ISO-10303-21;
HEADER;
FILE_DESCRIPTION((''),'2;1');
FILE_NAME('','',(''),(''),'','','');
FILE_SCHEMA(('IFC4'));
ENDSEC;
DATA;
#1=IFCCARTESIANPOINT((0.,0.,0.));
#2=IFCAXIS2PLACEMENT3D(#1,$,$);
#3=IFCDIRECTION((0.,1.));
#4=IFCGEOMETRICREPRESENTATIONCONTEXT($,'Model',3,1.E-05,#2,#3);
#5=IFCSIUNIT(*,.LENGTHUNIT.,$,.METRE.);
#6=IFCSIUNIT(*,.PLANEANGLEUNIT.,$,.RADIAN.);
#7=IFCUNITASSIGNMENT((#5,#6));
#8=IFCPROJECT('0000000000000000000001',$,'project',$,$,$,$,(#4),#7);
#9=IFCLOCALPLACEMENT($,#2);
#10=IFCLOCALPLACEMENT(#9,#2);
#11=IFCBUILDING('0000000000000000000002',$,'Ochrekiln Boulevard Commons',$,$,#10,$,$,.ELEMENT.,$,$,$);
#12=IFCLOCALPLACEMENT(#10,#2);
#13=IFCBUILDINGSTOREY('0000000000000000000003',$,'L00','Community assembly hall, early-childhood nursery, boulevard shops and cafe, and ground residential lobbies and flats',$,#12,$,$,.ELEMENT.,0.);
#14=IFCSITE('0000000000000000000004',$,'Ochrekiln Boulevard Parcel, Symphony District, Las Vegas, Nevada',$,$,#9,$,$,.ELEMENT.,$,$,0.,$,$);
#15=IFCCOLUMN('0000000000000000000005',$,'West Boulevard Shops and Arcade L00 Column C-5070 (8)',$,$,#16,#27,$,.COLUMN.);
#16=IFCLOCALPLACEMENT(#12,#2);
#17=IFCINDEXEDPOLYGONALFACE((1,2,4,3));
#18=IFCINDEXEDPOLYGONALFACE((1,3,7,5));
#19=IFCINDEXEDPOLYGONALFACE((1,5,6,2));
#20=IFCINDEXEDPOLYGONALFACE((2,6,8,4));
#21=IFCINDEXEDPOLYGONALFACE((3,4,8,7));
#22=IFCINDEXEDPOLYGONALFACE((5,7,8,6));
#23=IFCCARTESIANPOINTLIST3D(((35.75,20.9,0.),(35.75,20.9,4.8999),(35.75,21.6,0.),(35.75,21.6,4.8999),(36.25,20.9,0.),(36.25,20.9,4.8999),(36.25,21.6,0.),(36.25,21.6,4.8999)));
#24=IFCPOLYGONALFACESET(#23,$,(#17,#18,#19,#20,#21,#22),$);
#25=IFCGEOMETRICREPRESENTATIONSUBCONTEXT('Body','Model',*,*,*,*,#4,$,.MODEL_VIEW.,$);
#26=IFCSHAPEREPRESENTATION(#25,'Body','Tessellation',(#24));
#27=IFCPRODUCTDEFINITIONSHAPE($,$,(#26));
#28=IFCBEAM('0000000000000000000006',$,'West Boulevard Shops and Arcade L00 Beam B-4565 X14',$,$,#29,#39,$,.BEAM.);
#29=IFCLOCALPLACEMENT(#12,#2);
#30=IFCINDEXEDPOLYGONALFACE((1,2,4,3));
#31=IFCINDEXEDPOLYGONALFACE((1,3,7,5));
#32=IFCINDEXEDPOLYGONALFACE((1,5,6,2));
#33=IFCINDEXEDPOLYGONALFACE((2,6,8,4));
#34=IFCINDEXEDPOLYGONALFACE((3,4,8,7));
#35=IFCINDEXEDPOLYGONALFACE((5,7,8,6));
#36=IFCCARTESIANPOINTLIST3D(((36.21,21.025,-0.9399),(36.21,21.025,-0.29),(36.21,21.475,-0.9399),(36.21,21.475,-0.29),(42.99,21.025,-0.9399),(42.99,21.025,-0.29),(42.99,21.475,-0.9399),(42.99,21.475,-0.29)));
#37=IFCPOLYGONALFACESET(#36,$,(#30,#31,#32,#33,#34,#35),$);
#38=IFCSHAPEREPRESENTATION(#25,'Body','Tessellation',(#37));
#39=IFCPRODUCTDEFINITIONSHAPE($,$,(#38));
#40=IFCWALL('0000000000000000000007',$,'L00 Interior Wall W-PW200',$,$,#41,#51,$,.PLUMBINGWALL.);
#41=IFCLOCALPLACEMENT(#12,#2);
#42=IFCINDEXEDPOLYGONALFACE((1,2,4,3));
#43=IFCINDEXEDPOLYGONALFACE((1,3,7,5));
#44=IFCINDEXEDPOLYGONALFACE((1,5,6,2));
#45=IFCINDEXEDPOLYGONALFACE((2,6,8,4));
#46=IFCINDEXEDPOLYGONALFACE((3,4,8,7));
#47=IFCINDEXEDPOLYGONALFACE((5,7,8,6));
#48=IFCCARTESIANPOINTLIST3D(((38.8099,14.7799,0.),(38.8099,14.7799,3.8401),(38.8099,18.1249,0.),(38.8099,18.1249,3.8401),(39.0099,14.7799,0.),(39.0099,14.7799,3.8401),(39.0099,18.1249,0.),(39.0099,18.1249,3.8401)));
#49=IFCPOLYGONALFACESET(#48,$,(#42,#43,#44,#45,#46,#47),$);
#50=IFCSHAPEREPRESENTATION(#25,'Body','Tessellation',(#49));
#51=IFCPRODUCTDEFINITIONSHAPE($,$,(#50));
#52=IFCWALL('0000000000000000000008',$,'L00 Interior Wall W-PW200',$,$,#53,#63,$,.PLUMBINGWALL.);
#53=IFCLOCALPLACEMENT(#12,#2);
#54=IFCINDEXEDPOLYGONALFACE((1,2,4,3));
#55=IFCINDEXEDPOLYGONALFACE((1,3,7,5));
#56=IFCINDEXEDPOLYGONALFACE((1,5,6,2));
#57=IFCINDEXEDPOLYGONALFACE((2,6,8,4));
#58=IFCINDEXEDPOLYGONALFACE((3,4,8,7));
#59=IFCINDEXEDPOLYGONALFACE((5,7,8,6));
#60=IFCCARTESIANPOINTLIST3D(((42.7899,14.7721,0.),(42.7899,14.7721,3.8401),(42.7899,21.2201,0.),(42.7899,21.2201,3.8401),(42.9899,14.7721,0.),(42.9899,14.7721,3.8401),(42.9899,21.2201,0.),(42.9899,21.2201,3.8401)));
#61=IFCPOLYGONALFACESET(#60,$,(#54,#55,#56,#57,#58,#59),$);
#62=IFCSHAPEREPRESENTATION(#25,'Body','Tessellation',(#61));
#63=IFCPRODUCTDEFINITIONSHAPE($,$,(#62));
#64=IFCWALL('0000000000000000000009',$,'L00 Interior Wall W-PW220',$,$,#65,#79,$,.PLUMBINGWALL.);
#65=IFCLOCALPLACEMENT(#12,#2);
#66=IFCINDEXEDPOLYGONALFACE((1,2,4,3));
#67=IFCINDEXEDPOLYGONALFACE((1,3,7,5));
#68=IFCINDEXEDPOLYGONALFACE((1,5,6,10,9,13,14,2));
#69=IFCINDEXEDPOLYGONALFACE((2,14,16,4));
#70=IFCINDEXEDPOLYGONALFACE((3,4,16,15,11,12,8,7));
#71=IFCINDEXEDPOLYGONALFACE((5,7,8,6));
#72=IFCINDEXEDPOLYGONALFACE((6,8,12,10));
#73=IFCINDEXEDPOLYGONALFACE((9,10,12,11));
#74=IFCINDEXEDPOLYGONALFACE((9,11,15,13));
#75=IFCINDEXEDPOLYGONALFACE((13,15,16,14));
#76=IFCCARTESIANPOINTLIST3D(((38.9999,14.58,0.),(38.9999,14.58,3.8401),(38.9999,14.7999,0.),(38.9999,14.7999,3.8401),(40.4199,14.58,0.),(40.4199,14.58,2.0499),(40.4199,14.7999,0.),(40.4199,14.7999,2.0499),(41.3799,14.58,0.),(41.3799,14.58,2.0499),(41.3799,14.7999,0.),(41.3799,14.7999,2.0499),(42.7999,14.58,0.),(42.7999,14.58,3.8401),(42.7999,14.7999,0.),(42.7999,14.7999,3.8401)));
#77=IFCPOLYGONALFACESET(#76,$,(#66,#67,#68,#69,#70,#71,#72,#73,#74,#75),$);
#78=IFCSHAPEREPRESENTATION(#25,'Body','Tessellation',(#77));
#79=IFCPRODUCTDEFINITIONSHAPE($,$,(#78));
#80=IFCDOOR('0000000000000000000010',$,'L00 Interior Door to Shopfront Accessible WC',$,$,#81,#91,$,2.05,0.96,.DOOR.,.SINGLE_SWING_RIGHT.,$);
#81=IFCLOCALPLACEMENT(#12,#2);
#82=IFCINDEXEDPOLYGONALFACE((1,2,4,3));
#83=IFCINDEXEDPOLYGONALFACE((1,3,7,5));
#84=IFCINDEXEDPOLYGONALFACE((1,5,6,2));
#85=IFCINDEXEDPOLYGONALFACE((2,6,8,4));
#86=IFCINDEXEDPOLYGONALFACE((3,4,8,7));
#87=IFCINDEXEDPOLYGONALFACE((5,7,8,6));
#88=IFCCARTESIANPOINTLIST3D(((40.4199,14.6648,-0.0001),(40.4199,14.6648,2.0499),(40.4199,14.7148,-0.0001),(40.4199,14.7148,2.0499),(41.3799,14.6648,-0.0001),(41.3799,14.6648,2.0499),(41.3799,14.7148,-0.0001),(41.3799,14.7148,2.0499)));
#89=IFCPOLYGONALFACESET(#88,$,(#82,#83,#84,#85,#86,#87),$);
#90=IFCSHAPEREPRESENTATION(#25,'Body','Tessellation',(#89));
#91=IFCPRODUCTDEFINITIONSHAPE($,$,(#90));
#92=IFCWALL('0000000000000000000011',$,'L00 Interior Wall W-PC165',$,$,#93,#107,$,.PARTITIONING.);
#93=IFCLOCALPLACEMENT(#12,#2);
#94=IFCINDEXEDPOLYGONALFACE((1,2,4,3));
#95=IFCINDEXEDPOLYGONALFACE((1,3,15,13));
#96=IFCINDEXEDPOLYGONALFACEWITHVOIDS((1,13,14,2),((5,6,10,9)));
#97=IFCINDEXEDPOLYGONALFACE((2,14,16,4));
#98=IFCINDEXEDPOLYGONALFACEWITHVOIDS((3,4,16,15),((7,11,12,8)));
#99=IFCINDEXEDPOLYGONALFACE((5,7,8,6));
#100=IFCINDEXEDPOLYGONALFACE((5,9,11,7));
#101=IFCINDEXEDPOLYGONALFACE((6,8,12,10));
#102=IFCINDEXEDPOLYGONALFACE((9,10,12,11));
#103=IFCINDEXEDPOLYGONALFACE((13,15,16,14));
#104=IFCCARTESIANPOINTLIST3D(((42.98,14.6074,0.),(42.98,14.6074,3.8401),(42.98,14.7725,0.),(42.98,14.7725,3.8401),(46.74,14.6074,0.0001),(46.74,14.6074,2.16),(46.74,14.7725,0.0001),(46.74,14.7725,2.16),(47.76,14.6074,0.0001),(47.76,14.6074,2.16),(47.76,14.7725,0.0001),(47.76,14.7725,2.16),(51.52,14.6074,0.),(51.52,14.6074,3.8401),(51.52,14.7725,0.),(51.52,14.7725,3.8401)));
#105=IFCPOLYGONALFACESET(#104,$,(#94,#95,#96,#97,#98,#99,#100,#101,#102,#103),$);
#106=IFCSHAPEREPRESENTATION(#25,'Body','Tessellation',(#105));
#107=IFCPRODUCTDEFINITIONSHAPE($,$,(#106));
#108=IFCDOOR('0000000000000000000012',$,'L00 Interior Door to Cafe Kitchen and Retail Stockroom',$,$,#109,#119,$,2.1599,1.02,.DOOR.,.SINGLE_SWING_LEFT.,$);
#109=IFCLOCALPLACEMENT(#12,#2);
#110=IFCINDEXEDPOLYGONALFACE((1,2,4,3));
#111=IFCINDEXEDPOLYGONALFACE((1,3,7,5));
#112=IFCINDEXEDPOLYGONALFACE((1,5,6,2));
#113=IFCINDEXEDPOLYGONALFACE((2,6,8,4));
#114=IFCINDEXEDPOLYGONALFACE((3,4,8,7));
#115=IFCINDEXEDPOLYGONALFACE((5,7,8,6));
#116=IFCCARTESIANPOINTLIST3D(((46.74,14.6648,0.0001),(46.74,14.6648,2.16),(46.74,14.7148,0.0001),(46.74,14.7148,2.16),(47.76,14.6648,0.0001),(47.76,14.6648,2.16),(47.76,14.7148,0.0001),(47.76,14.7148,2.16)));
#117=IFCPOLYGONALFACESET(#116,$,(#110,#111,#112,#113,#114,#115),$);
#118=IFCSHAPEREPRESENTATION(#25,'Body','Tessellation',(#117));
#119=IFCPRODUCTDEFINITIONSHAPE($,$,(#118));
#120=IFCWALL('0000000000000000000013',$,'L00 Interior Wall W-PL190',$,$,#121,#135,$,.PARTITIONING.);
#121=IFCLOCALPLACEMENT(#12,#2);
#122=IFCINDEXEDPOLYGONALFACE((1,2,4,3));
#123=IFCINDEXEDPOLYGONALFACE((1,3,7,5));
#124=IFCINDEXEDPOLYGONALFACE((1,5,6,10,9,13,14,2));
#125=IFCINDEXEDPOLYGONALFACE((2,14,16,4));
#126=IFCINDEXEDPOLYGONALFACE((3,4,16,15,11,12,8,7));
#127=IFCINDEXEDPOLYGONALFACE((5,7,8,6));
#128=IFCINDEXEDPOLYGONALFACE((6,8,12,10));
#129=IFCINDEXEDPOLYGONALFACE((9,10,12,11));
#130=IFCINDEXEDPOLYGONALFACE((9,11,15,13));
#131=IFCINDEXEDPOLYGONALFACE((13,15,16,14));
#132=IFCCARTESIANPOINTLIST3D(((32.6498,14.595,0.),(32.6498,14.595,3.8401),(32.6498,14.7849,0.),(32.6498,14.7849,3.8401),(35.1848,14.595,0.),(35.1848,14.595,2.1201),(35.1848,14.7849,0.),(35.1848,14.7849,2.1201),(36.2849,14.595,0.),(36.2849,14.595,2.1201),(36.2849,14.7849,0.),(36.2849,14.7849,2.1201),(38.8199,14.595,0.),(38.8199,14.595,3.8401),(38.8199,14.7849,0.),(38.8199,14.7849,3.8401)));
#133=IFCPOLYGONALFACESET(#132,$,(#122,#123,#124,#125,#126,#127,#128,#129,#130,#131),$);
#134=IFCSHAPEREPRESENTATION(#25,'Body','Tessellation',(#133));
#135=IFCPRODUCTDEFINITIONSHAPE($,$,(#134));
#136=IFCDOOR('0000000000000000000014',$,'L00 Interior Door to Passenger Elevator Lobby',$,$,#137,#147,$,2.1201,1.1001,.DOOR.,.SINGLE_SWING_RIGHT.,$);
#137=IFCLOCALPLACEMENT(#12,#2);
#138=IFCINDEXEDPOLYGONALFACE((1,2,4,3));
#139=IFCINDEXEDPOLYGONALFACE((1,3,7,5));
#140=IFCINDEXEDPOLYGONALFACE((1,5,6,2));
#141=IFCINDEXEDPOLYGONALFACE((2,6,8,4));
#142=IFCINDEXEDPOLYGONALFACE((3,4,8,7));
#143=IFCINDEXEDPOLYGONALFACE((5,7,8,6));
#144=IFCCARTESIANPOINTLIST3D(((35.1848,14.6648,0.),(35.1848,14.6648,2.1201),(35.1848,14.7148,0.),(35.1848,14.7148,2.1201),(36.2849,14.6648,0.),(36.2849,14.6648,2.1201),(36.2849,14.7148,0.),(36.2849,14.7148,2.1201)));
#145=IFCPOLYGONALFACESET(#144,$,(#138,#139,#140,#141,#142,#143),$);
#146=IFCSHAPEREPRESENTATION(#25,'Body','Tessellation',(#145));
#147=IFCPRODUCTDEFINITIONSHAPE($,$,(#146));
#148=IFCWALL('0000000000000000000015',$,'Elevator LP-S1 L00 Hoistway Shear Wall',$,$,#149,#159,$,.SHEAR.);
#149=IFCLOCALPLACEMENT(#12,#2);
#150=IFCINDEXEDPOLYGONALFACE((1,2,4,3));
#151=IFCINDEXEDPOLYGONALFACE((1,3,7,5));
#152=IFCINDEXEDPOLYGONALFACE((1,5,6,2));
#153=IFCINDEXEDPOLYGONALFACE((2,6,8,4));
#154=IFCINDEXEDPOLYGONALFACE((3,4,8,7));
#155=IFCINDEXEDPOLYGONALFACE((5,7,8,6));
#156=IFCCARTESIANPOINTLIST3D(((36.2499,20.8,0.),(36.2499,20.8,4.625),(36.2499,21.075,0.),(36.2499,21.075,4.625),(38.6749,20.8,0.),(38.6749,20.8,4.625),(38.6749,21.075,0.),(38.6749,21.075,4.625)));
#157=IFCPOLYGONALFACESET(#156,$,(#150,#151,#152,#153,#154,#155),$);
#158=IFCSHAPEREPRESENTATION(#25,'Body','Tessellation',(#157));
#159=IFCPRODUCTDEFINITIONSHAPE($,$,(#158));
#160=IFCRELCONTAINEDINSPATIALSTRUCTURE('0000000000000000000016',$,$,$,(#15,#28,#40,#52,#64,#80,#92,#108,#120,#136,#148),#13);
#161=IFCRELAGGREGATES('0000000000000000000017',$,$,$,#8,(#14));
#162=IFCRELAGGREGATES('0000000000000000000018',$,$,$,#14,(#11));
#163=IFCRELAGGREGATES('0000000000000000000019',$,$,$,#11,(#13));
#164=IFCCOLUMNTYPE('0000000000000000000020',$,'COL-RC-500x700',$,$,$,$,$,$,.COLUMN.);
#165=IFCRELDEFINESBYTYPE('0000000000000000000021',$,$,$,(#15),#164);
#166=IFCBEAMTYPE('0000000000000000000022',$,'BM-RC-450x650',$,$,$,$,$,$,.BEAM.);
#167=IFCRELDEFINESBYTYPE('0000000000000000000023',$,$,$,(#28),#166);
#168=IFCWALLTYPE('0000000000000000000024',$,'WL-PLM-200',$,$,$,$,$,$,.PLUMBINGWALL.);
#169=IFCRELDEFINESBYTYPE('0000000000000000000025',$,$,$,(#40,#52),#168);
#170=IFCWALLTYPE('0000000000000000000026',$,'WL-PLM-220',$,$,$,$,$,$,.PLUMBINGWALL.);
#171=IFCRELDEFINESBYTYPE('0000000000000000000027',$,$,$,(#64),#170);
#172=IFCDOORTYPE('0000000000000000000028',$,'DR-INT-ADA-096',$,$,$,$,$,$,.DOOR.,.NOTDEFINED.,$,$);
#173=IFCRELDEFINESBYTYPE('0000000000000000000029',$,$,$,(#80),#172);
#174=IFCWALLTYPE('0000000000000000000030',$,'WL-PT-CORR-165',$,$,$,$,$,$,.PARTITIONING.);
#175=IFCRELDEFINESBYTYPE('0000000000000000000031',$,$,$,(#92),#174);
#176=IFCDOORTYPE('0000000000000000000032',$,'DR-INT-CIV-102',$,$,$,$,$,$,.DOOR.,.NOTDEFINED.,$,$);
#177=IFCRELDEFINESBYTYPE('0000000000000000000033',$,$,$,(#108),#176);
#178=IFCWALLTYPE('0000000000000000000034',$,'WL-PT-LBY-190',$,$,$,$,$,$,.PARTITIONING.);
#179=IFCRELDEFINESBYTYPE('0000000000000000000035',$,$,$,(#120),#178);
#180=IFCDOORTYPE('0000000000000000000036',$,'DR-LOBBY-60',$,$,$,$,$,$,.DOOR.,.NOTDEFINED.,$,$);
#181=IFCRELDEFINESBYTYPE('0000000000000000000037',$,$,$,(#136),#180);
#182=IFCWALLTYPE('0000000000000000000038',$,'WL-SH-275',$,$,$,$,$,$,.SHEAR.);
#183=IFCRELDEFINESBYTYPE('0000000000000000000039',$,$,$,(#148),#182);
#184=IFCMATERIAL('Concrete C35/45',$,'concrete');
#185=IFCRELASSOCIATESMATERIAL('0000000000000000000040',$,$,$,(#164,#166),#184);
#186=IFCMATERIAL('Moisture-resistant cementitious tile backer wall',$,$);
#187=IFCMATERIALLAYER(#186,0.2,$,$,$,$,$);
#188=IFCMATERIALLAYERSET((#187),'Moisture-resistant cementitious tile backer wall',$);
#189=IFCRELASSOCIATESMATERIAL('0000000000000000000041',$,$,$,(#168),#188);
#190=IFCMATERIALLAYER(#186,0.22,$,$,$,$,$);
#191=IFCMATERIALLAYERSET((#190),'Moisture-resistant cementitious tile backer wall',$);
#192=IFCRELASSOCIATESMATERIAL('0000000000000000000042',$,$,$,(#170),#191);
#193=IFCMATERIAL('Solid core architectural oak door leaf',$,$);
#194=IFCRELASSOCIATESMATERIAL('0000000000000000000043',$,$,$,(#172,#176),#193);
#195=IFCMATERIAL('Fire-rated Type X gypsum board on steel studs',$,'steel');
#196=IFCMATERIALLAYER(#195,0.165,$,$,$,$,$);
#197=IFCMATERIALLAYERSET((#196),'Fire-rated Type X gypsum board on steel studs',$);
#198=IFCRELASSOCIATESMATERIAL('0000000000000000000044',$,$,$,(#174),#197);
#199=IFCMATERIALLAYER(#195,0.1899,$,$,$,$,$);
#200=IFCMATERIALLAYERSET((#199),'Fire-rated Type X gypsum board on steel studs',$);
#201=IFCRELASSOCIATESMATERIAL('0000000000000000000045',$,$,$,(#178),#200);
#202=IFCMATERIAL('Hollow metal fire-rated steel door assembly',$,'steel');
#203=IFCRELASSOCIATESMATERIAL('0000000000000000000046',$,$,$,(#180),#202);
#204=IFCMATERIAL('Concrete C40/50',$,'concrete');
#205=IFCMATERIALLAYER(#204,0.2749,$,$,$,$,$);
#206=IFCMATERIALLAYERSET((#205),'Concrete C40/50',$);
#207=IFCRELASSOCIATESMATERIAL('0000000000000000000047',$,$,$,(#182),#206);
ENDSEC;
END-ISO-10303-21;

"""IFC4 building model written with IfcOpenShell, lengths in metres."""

from ifc_helpers import new_model, si_unit, direction, frame, frame_2d, origin, origin_2d, place, context, subcontext, project, spatial, rectangle, extrude, material, layer, layer_set, material_profile, profile_set, type_object, element, fill, save


model = new_model("IFC4")

# Units and contexts
model_context = context("Model", 3, precision=1e-05, world=origin(), true_north=direction((0.0, 1.0)))
body_context = subcontext(model_context, "Body", "Model", "MODEL_VIEW")
ifc_project = project(units=[si_unit("LENGTHUNIT", "METRE"), si_unit("PLANEANGLEUNIT", "RADIAN")], contexts=[model_context])

# Site, building, storey
site_placement = place(None, origin())
site = spatial("IfcSite", under=ifc_project, at=site_placement, Name="Ochrekiln Boulevard Parcel, Symphony District, Las Vegas, Nevada", CompositionType="ELEMENT", RefElevation=0.0)
building_placement = place(site_placement, origin())
building = spatial("IfcBuilding", under=site, at=building_placement, Name="Ochrekiln Boulevard Commons", CompositionType="ELEMENT")
storey_placement = place(building_placement, origin())
storey = spatial("IfcBuildingStorey", under=building, at=storey_placement, Name="L00", Description="Community assembly hall, early-childhood nursery, boulevard shops and cafe, and ground residential lobbies and flats", CompositionType="ELEMENT", Elevation=0.0)

# Column
ifc_material_1 = material(Name="Concrete C35/45", Category="concrete")
ifc_material_profile_1 = material_profile(ifc_material_1, rectangle(XDim=0.5, YDim=0.7, at=origin_2d()), Name="RC-COL-500x700")
ifc_profile_set_1 = profile_set([ifc_material_profile_1], Name="Concrete C35/45")
column_type = type_object("IfcColumnType", Name="COL-RC-500x700", PredefinedType="COLUMN", material=ifc_profile_set_1)
column_placement = place(storey_placement, frame((36.0, 21.25, 0.0), z_axis=(0.0, 0.0, 1.0), x_axis=(1.0, 0.0, 0.0)))
element("IfcColumn", 1, at=column_placement, inside=storey, type_object=column_type, Name="West Boulevard Shops and Arcade L00 Column C-5070 (8)", PredefinedType="COLUMN", context=body_context, shape_type="SweptSolid", body=[
    extrude(rectangle(XDim=0.5, YDim=0.7, at=origin_2d()), origin(), (0.0, 0.0, 1.0), 4.8999),
])

# Beam
ifc_material_profile_2 = material_profile(ifc_material_1, rectangle(XDim=0.45, YDim=0.6499, at=origin_2d()), Name="RC-BM-450x650")
ifc_profile_set_2 = profile_set([ifc_material_profile_2], Name="Concrete C35/45")
beam_type = type_object("IfcBeamType", Name="BM-RC-450x650", PredefinedType="BEAM", material=ifc_profile_set_2)
beam_placement = place(storey_placement, frame((36.21, 21.25, -0.615), z_axis=(1.0, 0.0, 0.0), x_axis=(0.0, 1.0, 0.0)))
element("IfcBeam", 2, at=beam_placement, inside=storey, type_object=beam_type, Name="West Boulevard Shops and Arcade L00 Beam B-4565 X14", PredefinedType="BEAM", context=body_context, shape_type="SweptSolid", body=[
    extrude(rectangle(XDim=0.45, YDim=0.6499, at=origin_2d()), origin(), (0.0, 0.0, 1.0), 6.78),
])

# Walls
ifc_material_2 = material(Name="Moisture-resistant cementitious tile backer wall")
ifc_layer_1 = layer(ifc_material_2, 0.2)
ifc_layer_set_1 = layer_set([ifc_layer_1], Name="Moisture-resistant cementitious tile backer wall")
wall_type_1 = type_object("IfcWallType", Name="WL-PLM-200", PredefinedType="PLUMBINGWALL", material=ifc_layer_set_1)
wall_1_placement = place(storey_placement, frame((38.9099, 14.78, 0.0), z_axis=(0.0, 0.0, 1.0), x_axis=(0.0, 1.0, 0.0)))
element("IfcWall", 3, at=wall_1_placement, inside=storey, type_object=wall_type_1, Name="L00 Interior Wall W-PW200", PredefinedType="PLUMBINGWALL", context=body_context, shape_type="SweptSolid", body=[
    extrude(rectangle(XDim=3.345, YDim=0.2, at=frame_2d((1.6724, 0.0))), origin(), (0.0, 0.0, 1.0), 3.8401),
])
wall_2_placement = place(storey_placement, frame((42.8899, 14.772, 0.0), z_axis=(0.0, 0.0, 1.0), x_axis=(0.0, 1.0, 0.0)))
element("IfcWall", 4, at=wall_2_placement, inside=storey, type_object=wall_type_1, Name="L00 Interior Wall W-PW200", PredefinedType="PLUMBINGWALL", context=body_context, shape_type="SweptSolid", body=[
    extrude(rectangle(XDim=6.448, YDim=0.2, at=frame_2d((3.2241, 0.0))), origin(), (0.0, 0.0, 1.0), 3.8401),
])

# Walls, openings, doors
ifc_layer_2 = layer(ifc_material_2, 0.22)
ifc_layer_set_2 = layer_set([ifc_layer_2], Name="Moisture-resistant cementitious tile backer wall")
wall_type_2 = type_object("IfcWallType", Name="WL-PLM-220", PredefinedType="PLUMBINGWALL", material=ifc_layer_set_2)
wall_3_placement = place(storey_placement, frame((39.0, 14.6899, 0.0), z_axis=(0.0, 0.0, 1.0), x_axis=(1.0, 0.0, 0.0)))
wall_3 = element("IfcWall", 5, at=wall_3_placement, inside=storey, type_object=wall_type_2, Name="L00 Interior Wall W-PW220", PredefinedType="PLUMBINGWALL", context=body_context, shape_type="SweptSolid", body=[
    extrude(rectangle(XDim=3.8, YDim=0.22, at=frame_2d((1.8999, 0.0))), origin(), (0.0, 0.0, 1.0), 3.8401),
])
opening_1_placement = place(wall_3_placement, frame((1.4199, 0.0, 0.0)))
opening_1 = element("IfcOpeningElement", 6, at=opening_1_placement, cuts=wall_3, PredefinedType="OPENING", context=body_context, shape_type="SweptSolid", body=[
    extrude(rectangle(XDim=0.96, YDim=2.05, at=frame_2d((0.48, 1.0249))), frame((0.0, 0.1199, 0.0), z_axis=(0.0, -1.0, 0.0), x_axis=(1.0, 0.0, 0.0)), (0.0, 0.0, 1.0), 0.24),
])
ifc_material_3 = material(Name="Solid core architectural oak door leaf")
door_type_1 = type_object("IfcDoorType", Name="DR-INT-ADA-096", OperationType="NOTDEFINED", PredefinedType="DOOR", material=ifc_material_3)
door_1_placement = place(opening_1_placement, origin())
door_1 = element("IfcDoor", 7, at=door_1_placement, inside=storey, type_object=door_type_1, Name="L00 Interior Door to Shopfront Accessible WC", OperationType="SINGLE_SWING_RIGHT", OverallHeight=2.05, OverallWidth=0.96, PredefinedType="DOOR", context=body_context, shape_type="SweptSolid", body=[
    extrude(rectangle(XDim=0.96, YDim=2.05, at=frame_2d((0.48, 1.0249))), frame((0.0, 0.0249, 0.0), z_axis=(0.0, -1.0, 0.0), x_axis=(1.0, 0.0, 0.0)), (0.0, 0.0, 1.0), 0.05),
])
fill(opening_1, door_1)
ifc_material_4 = material(Name="Fire-rated Type X gypsum board on steel studs", Category="steel")
ifc_layer_3 = layer(ifc_material_4, 0.165)
ifc_layer_set_3 = layer_set([ifc_layer_3], Name="Fire-rated Type X gypsum board on steel studs")
wall_type_3 = type_object("IfcWallType", Name="WL-PT-CORR-165", PredefinedType="PARTITIONING", material=ifc_layer_set_3)
wall_4_placement = place(storey_placement, frame((42.98, 14.6899, 0.0), z_axis=(0.0, 0.0, 1.0), x_axis=(1.0, 0.0, 0.0)))
wall_4 = element("IfcWall", 8, at=wall_4_placement, inside=storey, type_object=wall_type_3, Name="L00 Interior Wall W-PC165", PredefinedType="PARTITIONING", context=body_context, shape_type="SweptSolid", body=[
    extrude(rectangle(XDim=8.54, YDim=0.165, at=frame_2d((4.27, 0.0))), origin(), (0.0, 0.0, 1.0), 3.8401),
])
opening_2_placement = place(wall_4_placement, frame((3.76, 0.0, 0.0)))
opening_2 = element("IfcOpeningElement", 9, at=opening_2_placement, cuts=wall_4, PredefinedType="OPENING", context=body_context, shape_type="SweptSolid", body=[
    extrude(rectangle(XDim=1.02, YDim=2.1599, at=frame_2d((0.51, 1.0801))), frame((0.0, 0.0925, 0.0), z_axis=(0.0, -1.0, 0.0), x_axis=(1.0, 0.0, 0.0)), (0.0, 0.0, 1.0), 0.1851),
])
door_type_2 = type_object("IfcDoorType", Name="DR-INT-CIV-102", OperationType="NOTDEFINED", PredefinedType="DOOR", material=ifc_material_3)
door_2_placement = place(opening_2_placement, origin())
door_2 = element("IfcDoor", 10, at=door_2_placement, inside=storey, type_object=door_type_2, Name="L00 Interior Door to Cafe Kitchen and Retail Stockroom", OperationType="SINGLE_SWING_LEFT", OverallHeight=2.1599, OverallWidth=1.02, PredefinedType="DOOR", context=body_context, shape_type="SweptSolid", body=[
    extrude(rectangle(XDim=1.02, YDim=2.1599, at=frame_2d((0.51, 1.0801))), frame((0.0, 0.0249, 0.0), z_axis=(0.0, -1.0, 0.0), x_axis=(1.0, 0.0, 0.0)), (0.0, 0.0, 1.0), 0.05),
])
fill(opening_2, door_2)
ifc_layer_4 = layer(ifc_material_4, 0.1899)
ifc_layer_set_4 = layer_set([ifc_layer_4], Name="Fire-rated Type X gypsum board on steel studs")
wall_type_4 = type_object("IfcWallType", Name="WL-PT-LBY-190", PredefinedType="PARTITIONING", material=ifc_layer_set_4)
ifc_material_5 = material(Name="Hollow metal fire-rated steel door assembly", Category="steel")
door_type_3 = type_object("IfcDoorType", Name="DR-LOBBY-60", OperationType="NOTDEFINED", PredefinedType="DOOR", material=ifc_material_5)
wall_5_placement = place(storey_placement, frame((32.6499, 14.6899, 0.0), z_axis=(0.0, 0.0, 1.0), x_axis=(1.0, 0.0, 0.0)))
wall_5 = element("IfcWall", 11, at=wall_5_placement, inside=storey, type_object=wall_type_4, Name="L00 Interior Wall W-PL190", PredefinedType="PARTITIONING", context=body_context, shape_type="SweptSolid", body=[
    extrude(rectangle(XDim=6.1702, YDim=0.1899, at=frame_2d((3.085, 0.0))), origin(), (0.0, 0.0, 1.0), 3.8401),
])
opening_3_placement = place(wall_5_placement, frame((2.5349, 0.0, 0.0)))
opening_3 = element("IfcOpeningElement", 12, at=opening_3_placement, cuts=wall_5, PredefinedType="OPENING", context=body_context, shape_type="SweptSolid", body=[
    extrude(rectangle(XDim=1.1001, YDim=2.1201, at=frame_2d((0.55, 1.0601))), frame((0.0, 0.105, 0.0), z_axis=(0.0, -1.0, 0.0), x_axis=(1.0, 0.0, 0.0)), (0.0, 0.0, 1.0), 0.21),
])
door_3_placement = place(opening_3_placement, origin())
door_3 = element("IfcDoor", 13, at=door_3_placement, inside=storey, type_object=door_type_3, Name="L00 Interior Door to Passenger Elevator Lobby", OperationType="SINGLE_SWING_RIGHT", OverallHeight=2.1201, OverallWidth=1.1001, PredefinedType="DOOR", context=body_context, shape_type="SweptSolid", body=[
    extrude(rectangle(XDim=1.1001, YDim=2.1201, at=frame_2d((0.55, 1.0601))), frame((0.0, 0.0249, 0.0), z_axis=(0.0, -1.0, 0.0), x_axis=(1.0, 0.0, 0.0)), (0.0, 0.0, 1.0), 0.05),
])
fill(opening_3, door_3)
ifc_material_6 = material(Name="Concrete C40/50", Category="concrete")
ifc_layer_5 = layer(ifc_material_6, 0.2749)
ifc_layer_set_5 = layer_set([ifc_layer_5], Name="Concrete C40/50")
wall_type_5 = type_object("IfcWallType", Name="WL-SH-275", PredefinedType="SHEAR", material=ifc_layer_set_5)

# Wall
wall_6_placement = place(storey_placement, frame((36.25, 20.9375, 0.0), z_axis=(0.0, 0.0, 1.0), x_axis=(1.0, 0.0, 0.0)))
element("IfcWall", 14, at=wall_6_placement, inside=storey, type_object=wall_type_5, Name="Elevator LP-S1 L00 Hoistway Shear Wall", PredefinedType="SHEAR", context=body_context, shape_type="SweptSolid", body=[
    extrude(rectangle(XDim=2.425, YDim=0.2749, at=frame_2d((1.2124, 0.0))), origin(), (0.0, 0.0, 1.0), 4.625),
])

save(model, "model.ifc")
